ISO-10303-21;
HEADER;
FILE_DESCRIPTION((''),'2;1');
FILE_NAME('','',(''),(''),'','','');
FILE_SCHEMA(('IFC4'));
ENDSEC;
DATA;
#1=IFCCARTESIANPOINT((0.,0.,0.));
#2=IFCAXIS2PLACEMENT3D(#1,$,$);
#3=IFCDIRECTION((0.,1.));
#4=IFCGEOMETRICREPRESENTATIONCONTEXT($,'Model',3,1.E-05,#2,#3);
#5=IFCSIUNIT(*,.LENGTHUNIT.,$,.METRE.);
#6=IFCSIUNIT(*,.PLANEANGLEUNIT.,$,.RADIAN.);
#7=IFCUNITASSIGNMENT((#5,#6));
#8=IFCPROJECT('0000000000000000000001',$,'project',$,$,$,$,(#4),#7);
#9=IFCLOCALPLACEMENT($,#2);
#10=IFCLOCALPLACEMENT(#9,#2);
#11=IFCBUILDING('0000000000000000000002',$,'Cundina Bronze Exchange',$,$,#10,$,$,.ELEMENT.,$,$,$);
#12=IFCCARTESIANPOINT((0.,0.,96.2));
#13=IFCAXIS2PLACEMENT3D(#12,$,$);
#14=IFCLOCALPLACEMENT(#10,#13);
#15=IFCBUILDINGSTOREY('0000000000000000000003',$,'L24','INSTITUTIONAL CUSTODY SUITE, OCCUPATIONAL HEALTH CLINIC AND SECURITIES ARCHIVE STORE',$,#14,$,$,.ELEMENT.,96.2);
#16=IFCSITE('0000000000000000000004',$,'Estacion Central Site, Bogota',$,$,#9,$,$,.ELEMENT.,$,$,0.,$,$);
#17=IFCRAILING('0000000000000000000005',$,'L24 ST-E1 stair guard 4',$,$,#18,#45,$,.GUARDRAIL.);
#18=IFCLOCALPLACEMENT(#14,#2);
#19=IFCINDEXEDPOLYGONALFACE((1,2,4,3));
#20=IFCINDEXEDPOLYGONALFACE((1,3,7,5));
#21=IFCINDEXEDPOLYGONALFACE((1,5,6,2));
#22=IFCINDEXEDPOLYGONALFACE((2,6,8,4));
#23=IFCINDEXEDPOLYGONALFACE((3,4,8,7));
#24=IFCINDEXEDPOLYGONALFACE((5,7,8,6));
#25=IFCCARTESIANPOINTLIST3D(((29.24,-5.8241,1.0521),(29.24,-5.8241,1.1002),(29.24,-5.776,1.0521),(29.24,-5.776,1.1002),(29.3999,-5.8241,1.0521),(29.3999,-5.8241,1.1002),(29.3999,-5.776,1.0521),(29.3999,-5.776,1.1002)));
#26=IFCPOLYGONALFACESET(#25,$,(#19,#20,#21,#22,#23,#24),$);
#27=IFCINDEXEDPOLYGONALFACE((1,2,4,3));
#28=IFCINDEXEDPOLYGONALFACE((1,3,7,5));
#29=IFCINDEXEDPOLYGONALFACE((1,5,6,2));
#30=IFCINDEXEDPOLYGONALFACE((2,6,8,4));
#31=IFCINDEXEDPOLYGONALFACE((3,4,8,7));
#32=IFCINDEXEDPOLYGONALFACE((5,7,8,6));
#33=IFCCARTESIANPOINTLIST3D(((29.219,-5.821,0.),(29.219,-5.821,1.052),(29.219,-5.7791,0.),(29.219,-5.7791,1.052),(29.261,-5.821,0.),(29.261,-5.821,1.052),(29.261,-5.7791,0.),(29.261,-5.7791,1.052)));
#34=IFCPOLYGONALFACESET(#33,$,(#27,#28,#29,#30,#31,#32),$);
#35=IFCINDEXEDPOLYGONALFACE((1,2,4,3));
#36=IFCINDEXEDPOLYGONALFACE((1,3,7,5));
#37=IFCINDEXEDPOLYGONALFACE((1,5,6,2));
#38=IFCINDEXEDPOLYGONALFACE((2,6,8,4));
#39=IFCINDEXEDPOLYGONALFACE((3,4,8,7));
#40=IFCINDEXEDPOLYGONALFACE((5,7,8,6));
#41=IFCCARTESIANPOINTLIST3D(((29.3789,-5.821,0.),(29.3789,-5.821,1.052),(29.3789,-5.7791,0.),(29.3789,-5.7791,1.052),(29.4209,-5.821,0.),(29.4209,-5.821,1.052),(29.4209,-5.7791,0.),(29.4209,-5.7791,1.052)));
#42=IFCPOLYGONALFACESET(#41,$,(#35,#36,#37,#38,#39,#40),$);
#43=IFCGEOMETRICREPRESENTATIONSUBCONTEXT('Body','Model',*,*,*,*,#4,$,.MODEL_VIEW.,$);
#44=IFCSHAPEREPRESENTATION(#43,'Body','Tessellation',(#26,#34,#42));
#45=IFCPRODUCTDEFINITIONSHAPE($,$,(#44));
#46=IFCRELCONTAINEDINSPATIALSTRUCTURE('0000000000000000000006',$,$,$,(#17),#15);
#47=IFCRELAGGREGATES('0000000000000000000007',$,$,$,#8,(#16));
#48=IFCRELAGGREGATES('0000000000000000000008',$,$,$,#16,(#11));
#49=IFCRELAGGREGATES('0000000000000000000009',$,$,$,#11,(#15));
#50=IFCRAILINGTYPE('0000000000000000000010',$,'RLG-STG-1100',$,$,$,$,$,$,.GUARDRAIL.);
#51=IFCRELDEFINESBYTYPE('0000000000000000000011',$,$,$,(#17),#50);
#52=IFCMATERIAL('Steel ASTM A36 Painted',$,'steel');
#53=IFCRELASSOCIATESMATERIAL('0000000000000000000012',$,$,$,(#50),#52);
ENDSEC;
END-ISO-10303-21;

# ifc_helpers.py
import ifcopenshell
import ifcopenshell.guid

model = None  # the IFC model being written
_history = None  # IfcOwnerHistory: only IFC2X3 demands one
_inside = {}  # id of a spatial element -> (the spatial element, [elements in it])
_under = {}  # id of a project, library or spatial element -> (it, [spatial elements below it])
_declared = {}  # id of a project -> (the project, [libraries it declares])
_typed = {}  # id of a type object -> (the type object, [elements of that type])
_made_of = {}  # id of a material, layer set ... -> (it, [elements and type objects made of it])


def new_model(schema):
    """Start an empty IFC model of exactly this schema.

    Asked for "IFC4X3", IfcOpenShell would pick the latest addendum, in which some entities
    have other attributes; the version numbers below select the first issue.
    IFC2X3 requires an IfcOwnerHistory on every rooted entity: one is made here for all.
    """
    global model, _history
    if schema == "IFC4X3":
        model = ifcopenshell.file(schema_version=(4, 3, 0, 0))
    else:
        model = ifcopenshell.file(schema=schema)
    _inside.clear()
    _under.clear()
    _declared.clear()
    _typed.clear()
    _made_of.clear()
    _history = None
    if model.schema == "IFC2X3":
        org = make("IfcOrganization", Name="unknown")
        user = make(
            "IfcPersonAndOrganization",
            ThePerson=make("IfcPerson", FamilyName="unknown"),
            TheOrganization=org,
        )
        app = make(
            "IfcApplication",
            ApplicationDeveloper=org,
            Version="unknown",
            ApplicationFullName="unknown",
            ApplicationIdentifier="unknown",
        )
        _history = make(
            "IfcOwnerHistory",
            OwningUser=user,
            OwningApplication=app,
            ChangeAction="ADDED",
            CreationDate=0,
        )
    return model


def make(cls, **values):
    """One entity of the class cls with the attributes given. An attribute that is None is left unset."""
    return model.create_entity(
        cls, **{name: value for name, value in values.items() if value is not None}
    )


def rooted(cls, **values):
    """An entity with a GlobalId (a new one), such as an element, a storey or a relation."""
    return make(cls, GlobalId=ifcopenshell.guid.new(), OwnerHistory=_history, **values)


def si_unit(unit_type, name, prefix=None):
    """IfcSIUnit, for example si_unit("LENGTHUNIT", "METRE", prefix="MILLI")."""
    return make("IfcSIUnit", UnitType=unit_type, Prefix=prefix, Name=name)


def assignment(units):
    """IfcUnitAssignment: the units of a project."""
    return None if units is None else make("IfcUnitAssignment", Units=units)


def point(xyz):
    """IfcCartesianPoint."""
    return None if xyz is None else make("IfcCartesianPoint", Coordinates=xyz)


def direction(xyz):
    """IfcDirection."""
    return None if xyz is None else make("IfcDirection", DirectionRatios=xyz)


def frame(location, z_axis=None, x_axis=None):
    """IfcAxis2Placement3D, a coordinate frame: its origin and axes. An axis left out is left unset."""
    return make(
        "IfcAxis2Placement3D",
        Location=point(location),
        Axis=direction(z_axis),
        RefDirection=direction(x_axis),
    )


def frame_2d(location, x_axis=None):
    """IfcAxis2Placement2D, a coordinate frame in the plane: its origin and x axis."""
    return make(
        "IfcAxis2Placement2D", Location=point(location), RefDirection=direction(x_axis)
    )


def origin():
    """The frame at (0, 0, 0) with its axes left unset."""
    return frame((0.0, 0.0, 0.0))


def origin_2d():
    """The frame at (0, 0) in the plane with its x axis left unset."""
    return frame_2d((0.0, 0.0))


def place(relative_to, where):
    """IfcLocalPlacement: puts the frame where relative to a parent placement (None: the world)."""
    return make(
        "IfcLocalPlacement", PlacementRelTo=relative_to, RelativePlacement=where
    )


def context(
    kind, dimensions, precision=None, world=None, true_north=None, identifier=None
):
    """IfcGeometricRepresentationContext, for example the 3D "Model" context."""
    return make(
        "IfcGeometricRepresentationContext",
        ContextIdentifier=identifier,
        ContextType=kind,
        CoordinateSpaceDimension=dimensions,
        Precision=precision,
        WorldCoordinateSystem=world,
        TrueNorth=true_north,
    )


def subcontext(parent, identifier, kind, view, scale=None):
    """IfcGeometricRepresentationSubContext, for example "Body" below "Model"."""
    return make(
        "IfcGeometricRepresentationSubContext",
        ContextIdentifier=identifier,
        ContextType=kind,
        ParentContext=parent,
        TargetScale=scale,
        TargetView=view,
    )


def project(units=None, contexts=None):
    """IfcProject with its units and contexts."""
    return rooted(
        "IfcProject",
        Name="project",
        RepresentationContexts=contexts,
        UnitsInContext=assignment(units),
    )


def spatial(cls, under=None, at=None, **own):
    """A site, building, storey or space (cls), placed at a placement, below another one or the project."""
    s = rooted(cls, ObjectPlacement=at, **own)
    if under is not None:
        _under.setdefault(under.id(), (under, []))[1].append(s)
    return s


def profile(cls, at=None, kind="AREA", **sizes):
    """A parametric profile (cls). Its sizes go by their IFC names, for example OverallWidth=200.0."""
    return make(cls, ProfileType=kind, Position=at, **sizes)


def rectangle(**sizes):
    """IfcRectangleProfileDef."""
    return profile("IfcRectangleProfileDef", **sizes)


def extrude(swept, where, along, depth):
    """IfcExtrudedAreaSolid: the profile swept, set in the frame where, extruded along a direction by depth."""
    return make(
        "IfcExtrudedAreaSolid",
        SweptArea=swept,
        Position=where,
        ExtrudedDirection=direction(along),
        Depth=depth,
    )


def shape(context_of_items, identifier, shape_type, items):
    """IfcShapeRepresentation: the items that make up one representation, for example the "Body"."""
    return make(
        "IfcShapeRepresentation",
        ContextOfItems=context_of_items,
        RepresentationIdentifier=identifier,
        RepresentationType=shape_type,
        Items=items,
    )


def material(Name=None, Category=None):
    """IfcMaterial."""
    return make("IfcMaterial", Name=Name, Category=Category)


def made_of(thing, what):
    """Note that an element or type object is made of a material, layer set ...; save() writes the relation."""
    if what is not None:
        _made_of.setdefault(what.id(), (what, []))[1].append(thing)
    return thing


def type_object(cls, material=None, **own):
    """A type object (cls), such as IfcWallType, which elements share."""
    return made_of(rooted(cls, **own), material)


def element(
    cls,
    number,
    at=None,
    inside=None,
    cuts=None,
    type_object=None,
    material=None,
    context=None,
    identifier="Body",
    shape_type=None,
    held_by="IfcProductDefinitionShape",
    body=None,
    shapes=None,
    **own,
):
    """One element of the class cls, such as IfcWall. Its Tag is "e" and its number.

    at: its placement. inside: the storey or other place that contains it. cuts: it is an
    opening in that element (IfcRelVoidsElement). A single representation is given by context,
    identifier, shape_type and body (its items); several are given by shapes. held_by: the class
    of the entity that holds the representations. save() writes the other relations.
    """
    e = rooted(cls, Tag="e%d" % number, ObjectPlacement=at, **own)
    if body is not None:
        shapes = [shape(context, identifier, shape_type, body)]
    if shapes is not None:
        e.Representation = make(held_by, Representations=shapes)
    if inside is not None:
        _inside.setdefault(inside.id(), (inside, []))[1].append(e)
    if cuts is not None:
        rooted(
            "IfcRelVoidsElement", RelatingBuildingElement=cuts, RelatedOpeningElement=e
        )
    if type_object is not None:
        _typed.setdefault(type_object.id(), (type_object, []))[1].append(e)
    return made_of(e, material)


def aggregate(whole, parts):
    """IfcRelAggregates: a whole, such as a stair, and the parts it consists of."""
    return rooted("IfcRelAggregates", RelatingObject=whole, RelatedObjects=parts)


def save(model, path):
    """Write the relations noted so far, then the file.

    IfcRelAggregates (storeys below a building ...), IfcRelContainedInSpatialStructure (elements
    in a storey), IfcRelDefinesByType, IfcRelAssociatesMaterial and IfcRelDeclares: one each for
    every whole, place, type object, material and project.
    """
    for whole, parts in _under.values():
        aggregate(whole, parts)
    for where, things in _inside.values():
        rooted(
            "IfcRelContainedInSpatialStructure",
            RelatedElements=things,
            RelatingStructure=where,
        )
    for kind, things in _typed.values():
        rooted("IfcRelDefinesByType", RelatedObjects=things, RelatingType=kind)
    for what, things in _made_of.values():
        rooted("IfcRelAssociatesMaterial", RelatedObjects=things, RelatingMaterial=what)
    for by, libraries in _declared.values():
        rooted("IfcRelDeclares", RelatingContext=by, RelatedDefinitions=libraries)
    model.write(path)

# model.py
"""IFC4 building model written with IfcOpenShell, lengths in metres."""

from ifc_helpers import new_model, si_unit, direction, frame, origin, origin_2d, place, context, subcontext, project, spatial, rectangle, extrude, material, type_object, element, save


model = new_model("IFC4")

# Units and contexts
model_context = context("Model", 3, precision=1e-05, world=origin(), true_north=direction((0.0, 1.0)))
body_context = subcontext(model_context, "Body", "Model", "MODEL_VIEW")
ifc_project = project(units=[si_unit("LENGTHUNIT", "METRE"), si_unit("PLANEANGLEUNIT", "RADIAN")], contexts=[model_context])

# Site, building, storey
site_placement = place(None, origin())
site = spatial("IfcSite", under=ifc_project, at=site_placement, Name="Estacion Central Site, Bogota", CompositionType="ELEMENT", RefElevation=0.0)
building_placement = place(site_placement, origin())
building = spatial("IfcBuilding", under=site, at=building_placement, Name="Cundina Bronze Exchange", CompositionType="ELEMENT")
storey_placement = place(building_placement, frame((0.0, 0.0, 96.2)))
storey = spatial("IfcBuildingStorey", under=building, at=storey_placement, Name="L24", Description="INSTITUTIONAL CUSTODY SUITE, OCCUPATIONAL HEALTH CLINIC AND SECURITIES ARCHIVE STORE", CompositionType="ELEMENT", Elevation=96.2)

# Railing
ifc_material_1 = material(Name="Steel ASTM A36 Painted", Category="steel")
railing_type_1 = type_object("IfcRailingType", Name="RLG-STG-1100", PredefinedType="GUARDRAIL", material=ifc_material_1)
railing_1_placement = place(storey_placement, frame((29.24, -5.8, 0.0)))
element("IfcRailing", 1, at=railing_1_placement, inside=storey, type_object=railing_type_1, Name="L24 ST-E1 stair guard 4", PredefinedType="GUARDRAIL", context=body_context, shape_type="SweptSolid", body=[
    extrude(rectangle(XDim=0.0481, YDim=0.0481, at=origin_2d()), frame((0.0, 0.0, 1.0762), z_axis=(1.0, 0.0, 0.0), x_axis=(0.0, 1.0, 0.0)), (0.0, 0.0, 1.0), 0.1599),
    extrude(rectangle(XDim=0.042, YDim=0.042, at=origin_2d()), origin(), (0.0, 0.0, 1.0), 1.052),
    extrude(rectangle(XDim=0.042, YDim=0.042, at=origin_2d()), frame((0.1599, 0.0, 0.0)), (0.0, 0.0, 1.0), 1.052),
])

save(model, "model.ifc")
